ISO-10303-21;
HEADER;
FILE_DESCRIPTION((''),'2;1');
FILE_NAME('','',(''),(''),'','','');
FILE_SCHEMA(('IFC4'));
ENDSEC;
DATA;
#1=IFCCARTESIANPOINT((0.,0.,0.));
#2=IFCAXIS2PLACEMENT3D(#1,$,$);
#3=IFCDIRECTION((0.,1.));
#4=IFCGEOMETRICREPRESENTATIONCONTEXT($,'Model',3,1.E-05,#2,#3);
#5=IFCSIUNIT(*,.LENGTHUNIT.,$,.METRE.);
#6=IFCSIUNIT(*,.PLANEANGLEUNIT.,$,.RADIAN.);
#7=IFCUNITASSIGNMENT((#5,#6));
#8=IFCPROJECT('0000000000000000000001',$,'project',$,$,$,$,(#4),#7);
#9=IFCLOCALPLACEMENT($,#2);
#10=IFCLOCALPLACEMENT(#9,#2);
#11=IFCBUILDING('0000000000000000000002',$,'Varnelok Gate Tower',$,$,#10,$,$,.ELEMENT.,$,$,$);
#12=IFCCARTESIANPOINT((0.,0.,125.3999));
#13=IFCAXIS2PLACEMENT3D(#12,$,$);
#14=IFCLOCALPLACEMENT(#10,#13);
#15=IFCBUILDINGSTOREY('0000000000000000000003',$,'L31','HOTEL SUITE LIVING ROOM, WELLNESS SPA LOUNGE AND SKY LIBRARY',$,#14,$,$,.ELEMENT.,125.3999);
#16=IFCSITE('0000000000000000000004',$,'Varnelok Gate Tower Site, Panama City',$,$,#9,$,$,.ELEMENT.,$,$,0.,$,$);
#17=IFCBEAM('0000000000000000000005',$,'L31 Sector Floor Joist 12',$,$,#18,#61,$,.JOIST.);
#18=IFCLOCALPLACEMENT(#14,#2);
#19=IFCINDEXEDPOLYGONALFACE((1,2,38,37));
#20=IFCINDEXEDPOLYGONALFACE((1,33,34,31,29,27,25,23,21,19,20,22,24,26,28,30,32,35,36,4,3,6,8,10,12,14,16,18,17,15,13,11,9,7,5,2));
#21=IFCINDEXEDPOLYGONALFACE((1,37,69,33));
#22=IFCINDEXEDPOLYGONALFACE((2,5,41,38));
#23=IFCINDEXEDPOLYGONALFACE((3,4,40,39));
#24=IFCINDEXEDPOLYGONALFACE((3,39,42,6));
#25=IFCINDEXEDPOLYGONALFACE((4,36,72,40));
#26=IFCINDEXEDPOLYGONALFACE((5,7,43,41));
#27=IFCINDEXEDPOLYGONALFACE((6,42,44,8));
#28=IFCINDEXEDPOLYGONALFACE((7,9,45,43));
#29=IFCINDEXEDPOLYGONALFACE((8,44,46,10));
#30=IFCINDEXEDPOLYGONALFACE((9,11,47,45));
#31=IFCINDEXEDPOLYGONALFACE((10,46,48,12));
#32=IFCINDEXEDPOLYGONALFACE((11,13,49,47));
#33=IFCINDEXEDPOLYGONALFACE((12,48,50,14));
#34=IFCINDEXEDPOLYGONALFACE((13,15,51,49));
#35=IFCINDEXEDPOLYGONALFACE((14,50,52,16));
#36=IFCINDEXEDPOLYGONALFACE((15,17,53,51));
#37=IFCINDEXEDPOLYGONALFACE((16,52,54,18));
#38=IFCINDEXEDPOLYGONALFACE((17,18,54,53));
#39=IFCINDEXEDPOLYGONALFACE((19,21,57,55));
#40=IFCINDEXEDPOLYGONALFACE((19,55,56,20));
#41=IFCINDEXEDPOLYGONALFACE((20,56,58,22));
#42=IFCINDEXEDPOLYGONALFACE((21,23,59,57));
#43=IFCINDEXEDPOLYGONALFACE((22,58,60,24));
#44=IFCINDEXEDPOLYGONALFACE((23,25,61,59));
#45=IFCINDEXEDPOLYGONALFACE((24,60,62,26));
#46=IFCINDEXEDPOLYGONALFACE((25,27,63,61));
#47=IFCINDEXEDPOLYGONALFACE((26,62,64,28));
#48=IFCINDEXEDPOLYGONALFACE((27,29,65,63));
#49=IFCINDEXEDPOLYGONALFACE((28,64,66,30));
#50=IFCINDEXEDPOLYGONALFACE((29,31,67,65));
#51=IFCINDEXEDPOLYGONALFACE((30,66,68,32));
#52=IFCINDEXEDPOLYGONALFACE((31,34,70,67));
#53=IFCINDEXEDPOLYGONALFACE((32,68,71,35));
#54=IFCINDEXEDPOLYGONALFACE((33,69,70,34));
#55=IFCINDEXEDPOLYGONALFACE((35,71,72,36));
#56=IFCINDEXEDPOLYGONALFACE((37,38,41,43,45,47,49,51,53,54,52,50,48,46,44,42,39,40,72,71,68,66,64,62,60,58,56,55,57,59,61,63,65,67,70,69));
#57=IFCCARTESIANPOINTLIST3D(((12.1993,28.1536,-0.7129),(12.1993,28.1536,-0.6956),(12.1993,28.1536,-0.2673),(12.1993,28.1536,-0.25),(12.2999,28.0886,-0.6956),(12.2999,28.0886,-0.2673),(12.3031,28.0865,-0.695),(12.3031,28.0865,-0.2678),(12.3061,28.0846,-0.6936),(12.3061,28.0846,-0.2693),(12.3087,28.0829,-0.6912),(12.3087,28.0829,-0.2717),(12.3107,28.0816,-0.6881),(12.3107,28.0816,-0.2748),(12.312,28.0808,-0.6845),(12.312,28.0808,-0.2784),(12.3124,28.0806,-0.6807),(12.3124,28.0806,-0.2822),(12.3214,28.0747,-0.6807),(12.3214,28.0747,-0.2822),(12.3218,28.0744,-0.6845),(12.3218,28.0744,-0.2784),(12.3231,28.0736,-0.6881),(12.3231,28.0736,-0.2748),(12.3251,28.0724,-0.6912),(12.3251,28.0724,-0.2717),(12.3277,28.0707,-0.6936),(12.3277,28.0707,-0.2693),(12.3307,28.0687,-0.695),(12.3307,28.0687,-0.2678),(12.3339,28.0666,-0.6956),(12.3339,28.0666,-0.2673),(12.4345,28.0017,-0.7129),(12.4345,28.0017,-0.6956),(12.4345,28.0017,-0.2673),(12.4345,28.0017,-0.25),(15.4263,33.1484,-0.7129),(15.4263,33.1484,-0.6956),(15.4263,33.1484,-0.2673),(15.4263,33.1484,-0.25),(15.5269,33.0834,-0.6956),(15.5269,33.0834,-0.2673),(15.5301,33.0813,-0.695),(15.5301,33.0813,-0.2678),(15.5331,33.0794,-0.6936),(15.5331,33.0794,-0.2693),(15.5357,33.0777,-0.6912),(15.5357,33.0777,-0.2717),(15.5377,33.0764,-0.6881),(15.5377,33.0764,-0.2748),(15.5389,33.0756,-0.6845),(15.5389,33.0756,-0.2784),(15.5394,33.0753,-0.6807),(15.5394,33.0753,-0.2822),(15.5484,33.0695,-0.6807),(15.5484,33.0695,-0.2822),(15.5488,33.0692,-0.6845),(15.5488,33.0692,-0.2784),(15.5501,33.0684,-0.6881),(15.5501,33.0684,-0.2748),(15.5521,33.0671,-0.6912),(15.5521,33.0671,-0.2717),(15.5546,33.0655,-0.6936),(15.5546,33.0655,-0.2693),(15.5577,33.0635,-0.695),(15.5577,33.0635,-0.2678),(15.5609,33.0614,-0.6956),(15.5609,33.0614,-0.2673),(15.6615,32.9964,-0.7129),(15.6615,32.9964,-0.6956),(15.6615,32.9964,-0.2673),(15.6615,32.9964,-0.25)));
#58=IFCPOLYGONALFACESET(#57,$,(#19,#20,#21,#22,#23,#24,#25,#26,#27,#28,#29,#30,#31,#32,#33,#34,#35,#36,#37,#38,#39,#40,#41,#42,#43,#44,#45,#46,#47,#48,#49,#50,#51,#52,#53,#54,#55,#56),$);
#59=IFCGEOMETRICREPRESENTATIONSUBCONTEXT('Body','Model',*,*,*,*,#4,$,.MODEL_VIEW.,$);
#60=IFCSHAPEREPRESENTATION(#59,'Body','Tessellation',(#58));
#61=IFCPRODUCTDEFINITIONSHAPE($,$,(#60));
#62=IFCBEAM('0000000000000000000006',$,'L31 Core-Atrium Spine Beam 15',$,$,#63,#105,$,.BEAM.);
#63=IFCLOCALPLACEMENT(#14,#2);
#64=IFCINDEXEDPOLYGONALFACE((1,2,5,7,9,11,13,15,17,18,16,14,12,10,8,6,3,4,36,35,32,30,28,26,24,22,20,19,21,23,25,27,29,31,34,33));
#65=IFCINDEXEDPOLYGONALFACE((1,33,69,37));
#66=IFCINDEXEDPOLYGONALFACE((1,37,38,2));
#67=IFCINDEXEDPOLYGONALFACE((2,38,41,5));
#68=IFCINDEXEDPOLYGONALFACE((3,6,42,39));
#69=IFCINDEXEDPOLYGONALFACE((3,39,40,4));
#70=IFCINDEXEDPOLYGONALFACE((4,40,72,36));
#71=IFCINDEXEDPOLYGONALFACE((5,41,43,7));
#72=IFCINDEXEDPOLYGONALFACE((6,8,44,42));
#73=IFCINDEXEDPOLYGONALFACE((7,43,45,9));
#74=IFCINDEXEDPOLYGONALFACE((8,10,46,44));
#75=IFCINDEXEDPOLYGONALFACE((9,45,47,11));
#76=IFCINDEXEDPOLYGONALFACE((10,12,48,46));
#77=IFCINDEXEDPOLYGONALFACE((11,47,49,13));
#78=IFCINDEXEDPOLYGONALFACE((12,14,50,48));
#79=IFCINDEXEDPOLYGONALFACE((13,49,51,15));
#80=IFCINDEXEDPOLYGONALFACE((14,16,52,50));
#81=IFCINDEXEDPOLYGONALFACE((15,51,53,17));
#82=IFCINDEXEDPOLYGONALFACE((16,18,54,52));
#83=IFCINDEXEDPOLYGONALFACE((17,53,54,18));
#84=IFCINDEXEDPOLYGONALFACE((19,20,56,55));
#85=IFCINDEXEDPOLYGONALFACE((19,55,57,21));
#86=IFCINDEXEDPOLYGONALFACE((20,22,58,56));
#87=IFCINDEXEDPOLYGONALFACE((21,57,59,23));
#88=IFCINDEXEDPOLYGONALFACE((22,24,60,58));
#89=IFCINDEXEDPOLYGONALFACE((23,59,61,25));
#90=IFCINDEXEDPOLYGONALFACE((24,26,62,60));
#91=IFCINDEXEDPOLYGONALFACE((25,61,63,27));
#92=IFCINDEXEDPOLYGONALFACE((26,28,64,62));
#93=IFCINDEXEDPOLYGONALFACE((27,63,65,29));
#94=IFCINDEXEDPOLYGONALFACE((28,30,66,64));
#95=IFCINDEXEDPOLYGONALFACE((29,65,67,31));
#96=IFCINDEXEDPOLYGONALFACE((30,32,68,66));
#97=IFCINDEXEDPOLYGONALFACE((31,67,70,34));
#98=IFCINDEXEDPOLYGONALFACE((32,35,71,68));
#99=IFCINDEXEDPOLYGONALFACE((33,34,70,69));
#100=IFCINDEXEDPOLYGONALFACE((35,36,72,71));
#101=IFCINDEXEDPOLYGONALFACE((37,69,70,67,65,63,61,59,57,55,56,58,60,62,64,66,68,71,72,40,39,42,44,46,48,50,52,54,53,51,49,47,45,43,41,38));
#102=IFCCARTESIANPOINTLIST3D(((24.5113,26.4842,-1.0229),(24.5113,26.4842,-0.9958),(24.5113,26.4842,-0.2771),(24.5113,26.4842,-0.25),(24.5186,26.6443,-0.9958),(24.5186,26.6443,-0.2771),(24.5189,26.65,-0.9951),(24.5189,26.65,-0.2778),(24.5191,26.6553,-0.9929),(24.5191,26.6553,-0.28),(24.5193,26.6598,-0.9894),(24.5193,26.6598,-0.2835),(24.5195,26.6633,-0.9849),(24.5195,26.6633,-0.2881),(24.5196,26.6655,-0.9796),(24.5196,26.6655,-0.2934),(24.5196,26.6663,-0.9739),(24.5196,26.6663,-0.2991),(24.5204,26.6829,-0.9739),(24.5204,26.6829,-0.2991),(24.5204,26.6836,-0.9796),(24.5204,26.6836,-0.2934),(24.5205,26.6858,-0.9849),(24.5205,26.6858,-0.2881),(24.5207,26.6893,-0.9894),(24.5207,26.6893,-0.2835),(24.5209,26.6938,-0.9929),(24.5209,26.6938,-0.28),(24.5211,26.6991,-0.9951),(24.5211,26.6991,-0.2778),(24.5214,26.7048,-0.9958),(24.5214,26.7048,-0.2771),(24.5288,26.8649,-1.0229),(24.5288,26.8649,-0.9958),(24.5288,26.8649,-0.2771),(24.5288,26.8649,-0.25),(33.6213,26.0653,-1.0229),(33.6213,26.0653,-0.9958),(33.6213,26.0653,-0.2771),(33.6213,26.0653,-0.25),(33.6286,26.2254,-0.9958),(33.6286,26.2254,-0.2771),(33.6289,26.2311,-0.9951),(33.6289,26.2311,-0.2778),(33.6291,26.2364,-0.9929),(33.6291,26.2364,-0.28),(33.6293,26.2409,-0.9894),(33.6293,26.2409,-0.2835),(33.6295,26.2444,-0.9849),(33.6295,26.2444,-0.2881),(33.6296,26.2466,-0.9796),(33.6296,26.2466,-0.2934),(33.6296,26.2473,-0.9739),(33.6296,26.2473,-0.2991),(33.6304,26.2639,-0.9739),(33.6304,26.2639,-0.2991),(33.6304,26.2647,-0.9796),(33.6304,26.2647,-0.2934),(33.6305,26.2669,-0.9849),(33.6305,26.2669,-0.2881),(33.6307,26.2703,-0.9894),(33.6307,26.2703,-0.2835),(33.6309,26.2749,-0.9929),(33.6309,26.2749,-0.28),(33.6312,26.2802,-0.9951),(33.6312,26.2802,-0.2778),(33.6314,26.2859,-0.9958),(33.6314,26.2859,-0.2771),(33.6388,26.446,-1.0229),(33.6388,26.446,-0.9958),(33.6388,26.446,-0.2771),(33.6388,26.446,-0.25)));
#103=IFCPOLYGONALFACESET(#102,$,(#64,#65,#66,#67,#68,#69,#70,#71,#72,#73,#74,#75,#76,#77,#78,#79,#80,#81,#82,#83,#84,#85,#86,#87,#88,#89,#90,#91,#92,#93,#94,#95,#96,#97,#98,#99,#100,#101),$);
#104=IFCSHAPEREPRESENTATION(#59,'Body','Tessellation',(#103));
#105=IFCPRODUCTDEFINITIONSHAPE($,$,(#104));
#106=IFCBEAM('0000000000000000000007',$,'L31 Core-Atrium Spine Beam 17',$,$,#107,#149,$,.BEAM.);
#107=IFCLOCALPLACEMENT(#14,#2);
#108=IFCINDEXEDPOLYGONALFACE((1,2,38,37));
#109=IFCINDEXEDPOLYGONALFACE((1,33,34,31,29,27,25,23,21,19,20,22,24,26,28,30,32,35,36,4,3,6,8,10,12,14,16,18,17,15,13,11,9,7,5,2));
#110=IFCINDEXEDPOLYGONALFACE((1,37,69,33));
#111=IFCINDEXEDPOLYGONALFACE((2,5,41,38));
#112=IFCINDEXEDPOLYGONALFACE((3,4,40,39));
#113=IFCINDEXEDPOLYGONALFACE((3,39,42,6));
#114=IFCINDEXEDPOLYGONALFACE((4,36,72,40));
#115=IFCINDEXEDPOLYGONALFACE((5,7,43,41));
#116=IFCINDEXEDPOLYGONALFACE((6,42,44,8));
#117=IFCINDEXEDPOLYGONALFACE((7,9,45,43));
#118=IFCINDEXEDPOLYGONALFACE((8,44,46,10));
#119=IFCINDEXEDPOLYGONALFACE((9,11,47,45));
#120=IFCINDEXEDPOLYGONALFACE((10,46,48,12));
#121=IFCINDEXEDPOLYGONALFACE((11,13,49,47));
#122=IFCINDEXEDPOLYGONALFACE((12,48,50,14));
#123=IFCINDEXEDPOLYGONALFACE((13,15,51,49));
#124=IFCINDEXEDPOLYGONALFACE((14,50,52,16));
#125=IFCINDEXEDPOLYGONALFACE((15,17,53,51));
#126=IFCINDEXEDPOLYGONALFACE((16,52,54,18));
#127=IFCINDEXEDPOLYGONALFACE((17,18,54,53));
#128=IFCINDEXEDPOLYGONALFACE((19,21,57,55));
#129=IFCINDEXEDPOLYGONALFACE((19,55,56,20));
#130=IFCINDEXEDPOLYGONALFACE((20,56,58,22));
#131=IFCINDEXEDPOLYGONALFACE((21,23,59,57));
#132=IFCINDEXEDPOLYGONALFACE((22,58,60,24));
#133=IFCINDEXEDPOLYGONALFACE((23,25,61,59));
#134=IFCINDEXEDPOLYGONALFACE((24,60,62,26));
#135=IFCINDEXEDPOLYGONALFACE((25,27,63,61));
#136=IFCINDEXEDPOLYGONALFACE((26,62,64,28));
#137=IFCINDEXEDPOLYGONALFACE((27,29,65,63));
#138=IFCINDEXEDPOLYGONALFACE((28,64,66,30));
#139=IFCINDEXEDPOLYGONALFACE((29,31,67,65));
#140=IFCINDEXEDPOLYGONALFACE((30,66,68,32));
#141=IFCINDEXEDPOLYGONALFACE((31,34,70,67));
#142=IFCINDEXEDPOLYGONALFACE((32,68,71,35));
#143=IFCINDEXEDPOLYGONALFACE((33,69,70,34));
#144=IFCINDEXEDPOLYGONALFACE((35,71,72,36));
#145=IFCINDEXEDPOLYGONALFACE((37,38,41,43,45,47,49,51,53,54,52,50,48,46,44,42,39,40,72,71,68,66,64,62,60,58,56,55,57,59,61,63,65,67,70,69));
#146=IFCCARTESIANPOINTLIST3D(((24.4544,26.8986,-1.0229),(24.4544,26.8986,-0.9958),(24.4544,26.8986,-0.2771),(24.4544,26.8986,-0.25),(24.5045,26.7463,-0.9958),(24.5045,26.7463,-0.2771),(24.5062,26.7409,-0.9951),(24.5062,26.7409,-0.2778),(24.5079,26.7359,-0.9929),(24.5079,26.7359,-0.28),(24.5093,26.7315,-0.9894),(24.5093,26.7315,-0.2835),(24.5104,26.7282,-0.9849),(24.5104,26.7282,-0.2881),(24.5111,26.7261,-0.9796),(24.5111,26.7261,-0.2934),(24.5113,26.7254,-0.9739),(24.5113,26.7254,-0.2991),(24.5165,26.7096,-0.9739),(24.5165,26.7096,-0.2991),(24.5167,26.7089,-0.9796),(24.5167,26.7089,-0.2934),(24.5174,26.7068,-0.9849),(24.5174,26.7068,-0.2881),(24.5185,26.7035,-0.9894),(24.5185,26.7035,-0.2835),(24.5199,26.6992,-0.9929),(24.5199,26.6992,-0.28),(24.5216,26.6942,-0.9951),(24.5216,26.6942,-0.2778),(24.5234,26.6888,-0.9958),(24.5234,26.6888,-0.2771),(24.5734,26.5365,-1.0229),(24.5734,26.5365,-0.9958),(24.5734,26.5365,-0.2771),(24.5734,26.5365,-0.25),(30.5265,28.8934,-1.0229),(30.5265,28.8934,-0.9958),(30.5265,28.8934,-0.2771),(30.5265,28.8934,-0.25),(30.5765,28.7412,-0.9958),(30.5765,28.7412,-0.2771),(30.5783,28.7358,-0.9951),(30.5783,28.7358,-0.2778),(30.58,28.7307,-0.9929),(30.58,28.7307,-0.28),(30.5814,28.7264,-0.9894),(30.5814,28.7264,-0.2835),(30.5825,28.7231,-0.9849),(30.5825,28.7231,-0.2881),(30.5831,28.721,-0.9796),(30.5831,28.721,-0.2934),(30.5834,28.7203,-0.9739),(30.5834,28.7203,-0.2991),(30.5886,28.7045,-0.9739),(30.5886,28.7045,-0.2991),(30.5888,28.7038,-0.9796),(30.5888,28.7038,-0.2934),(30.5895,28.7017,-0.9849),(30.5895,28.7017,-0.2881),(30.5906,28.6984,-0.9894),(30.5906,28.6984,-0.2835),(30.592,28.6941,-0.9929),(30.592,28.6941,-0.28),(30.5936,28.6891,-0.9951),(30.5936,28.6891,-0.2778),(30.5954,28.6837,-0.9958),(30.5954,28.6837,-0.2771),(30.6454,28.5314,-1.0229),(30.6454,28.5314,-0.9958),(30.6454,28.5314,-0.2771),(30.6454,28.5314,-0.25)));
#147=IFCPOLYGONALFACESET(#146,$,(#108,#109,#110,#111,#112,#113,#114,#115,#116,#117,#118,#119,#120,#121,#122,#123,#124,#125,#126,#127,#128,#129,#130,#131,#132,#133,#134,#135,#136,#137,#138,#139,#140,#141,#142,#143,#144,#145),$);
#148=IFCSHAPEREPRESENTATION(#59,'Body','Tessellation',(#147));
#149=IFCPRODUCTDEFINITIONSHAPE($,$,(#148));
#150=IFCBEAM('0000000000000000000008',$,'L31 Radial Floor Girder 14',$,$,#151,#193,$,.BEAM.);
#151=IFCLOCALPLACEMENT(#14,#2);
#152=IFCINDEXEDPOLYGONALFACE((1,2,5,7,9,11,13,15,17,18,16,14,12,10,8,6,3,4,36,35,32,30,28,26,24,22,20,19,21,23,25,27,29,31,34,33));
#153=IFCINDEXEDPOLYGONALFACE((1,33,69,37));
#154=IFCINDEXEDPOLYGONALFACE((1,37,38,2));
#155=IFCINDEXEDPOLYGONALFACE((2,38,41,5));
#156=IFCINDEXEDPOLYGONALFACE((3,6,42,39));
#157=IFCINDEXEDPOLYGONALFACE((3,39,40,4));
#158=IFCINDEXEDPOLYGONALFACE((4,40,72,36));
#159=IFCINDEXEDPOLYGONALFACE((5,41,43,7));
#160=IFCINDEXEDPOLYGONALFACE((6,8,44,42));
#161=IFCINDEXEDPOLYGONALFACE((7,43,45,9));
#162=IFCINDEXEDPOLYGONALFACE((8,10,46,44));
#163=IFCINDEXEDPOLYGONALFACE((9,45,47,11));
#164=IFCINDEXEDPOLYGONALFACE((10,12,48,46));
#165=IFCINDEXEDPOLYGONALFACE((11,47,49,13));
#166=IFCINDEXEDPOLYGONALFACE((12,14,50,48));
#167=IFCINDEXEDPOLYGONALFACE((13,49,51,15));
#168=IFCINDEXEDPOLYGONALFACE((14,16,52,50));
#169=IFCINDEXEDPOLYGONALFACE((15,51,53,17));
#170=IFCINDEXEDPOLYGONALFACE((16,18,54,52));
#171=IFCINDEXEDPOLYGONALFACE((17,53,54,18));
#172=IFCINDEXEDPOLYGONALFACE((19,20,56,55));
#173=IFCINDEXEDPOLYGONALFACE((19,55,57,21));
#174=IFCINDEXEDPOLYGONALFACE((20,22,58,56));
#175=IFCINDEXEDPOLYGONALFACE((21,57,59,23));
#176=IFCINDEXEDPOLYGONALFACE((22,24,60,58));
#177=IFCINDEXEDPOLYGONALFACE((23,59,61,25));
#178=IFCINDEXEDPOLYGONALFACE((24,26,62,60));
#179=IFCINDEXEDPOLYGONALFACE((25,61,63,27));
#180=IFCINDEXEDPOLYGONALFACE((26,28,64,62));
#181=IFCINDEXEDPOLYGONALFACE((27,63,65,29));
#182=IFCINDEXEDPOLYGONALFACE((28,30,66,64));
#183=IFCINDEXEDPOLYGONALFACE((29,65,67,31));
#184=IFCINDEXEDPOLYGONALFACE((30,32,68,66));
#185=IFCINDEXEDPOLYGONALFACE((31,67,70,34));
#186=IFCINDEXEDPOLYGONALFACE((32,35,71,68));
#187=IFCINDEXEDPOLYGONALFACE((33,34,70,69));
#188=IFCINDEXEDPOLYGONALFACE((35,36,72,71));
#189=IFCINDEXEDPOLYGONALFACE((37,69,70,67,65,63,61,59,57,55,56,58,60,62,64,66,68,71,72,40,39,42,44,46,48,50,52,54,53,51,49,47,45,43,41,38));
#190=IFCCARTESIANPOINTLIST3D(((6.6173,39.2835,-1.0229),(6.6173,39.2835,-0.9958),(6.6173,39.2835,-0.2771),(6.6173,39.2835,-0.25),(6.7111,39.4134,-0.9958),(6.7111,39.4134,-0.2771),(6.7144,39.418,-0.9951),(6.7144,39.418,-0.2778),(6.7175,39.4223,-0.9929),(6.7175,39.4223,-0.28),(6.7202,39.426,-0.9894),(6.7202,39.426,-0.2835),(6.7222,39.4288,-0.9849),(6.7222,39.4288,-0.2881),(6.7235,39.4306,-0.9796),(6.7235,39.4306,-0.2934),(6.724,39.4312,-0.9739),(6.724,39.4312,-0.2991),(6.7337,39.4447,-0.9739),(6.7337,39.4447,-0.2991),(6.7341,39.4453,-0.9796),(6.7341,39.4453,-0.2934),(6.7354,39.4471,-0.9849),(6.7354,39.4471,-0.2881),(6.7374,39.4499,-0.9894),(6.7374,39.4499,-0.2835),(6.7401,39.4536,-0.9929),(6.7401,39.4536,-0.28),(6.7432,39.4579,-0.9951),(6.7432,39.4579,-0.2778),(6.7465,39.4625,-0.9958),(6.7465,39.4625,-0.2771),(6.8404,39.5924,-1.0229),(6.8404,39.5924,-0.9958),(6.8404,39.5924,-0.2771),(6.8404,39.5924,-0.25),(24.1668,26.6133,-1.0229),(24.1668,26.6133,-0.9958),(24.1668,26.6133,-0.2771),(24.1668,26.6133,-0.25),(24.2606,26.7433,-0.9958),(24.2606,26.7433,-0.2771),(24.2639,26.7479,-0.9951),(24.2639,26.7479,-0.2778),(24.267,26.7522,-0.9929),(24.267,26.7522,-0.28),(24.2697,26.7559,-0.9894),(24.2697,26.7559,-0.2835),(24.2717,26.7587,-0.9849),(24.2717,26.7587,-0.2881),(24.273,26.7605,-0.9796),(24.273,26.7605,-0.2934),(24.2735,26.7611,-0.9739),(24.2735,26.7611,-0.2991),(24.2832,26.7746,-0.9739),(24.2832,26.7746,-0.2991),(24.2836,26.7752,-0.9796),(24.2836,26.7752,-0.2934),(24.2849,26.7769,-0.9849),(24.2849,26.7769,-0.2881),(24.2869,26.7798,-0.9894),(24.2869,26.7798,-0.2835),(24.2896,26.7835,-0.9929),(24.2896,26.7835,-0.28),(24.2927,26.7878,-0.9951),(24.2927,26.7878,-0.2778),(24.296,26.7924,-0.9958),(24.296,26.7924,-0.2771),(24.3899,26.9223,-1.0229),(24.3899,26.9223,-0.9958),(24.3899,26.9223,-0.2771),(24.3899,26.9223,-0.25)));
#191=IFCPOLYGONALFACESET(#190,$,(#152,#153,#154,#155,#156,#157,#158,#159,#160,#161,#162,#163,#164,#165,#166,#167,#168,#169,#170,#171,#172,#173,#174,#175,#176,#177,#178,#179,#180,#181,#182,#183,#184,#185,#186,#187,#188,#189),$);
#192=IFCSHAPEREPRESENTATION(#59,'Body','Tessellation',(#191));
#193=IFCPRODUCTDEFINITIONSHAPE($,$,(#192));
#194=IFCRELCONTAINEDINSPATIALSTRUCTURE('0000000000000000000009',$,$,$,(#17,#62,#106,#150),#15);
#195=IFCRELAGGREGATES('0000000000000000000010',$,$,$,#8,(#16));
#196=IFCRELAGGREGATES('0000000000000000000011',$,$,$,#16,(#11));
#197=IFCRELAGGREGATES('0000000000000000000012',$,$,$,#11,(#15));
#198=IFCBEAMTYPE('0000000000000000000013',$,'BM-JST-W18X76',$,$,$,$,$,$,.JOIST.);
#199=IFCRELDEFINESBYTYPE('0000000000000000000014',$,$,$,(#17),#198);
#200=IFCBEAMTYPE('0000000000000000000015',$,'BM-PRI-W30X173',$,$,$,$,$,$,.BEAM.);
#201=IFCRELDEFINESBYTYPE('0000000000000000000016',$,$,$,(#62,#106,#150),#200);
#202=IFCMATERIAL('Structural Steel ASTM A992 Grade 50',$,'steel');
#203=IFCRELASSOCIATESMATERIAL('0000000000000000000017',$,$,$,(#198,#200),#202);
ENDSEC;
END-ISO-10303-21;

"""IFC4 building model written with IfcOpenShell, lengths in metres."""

from ifc_helpers import new_model, si_unit, direction, frame, origin, origin_2d, place, context, subcontext, project, spatial, i_section, extrude, material, material_profile, profile_set, type_object, element, save


model = new_model("IFC4")

# Units and contexts
model_context = context("Model", 3, precision=1e-05, world=origin(), true_north=direction((0.0, 1.0)))
body_context = subcontext(model_context, "Body", "Model", "MODEL_VIEW")
ifc_project = project(units=[si_unit("LENGTHUNIT", "METRE"), si_unit("PLANEANGLEUNIT", "RADIAN")], contexts=[model_context])

# Site, building, storey
site_placement = place(None, origin())
site = spatial("IfcSite", under=ifc_project, at=site_placement, Name="Varnelok Gate Tower Site, Panama City", CompositionType="ELEMENT", RefElevation=0.0)
building_placement = place(site_placement, origin())
building = spatial("IfcBuilding", under=site, at=building_placement, Name="Varnelok Gate Tower", CompositionType="ELEMENT")
storey_placement = place(building_placement, frame((0.0, 0.0, 125.3999)))
storey = spatial("IfcBuildingStorey", under=building, at=storey_placement, Name="L31", Description="HOTEL SUITE LIVING ROOM, WELLNESS SPA LOUNGE AND SKY LIBRARY", CompositionType="ELEMENT", Elevation=125.3999)

# Shared definitions
ifc_material_1 = material(Name="Structural Steel ASTM A992 Grade 50", Category="steel")

# Beams
ifc_material_profile_1 = material_profile(ifc_material_1, i_section(OverallWidth=0.28, OverallDepth=0.4629, WebThickness=0.0107, FlangeThickness=0.0173, FilletRadius=0.0149, at=origin_2d()), Name="W18X76")
ifc_profile_set_1 = profile_set([ifc_material_profile_1], Name="Structural Steel ASTM A992 Grade 50")
beam_type_1 = type_object("IfcBeamType", Name="BM-JST-W18X76", PredefinedType="JOIST", material=ifc_profile_set_1)
beam_1_placement = place(storey_placement, frame((12.3169, 28.0776, -0.4814), z_axis=(0.542667, 0.839948, 0.0), x_axis=(-0.839948, 0.542667, 0.0)))
element("IfcBeam", 1, at=beam_1_placement, inside=storey, type_object=beam_type_1, Name="L31 Sector Floor Joist 12", PredefinedType="JOIST", context=body_context, shape_type="SweptSolid", body=[
    extrude(i_section(OverallWidth=0.28, OverallDepth=0.4629, WebThickness=0.0107, FlangeThickness=0.0173, FilletRadius=0.0149, at=origin_2d()), origin(), (0.0, 0.0, 1.0), 5.9465),
])
ifc_material_profile_2 = material_profile(ifc_material_1, i_section(OverallWidth=0.3811, OverallDepth=0.7729, WebThickness=0.0166, FlangeThickness=0.0271, FilletRadius=0.022, at=origin_2d()), Name="W30X173")
ifc_profile_set_2 = profile_set([ifc_material_profile_2], Name="Structural Steel ASTM A992 Grade 50")
beam_type_2 = type_object("IfcBeamType", Name="BM-PRI-W30X173", PredefinedType="BEAM", material=ifc_profile_set_2)
beam_2_placement = place(storey_placement, frame((24.52, 26.6746, -0.6365), z_axis=(0.998944, -0.045938, 0.0), x_axis=(0.045938, 0.998944, 0.0)))
element("IfcBeam", 2, at=beam_2_placement, inside=storey, type_object=beam_type_2, Name="L31 Core-Atrium Spine Beam 15", PredefinedType="BEAM", context=body_context, shape_type="SweptSolid", body=[
    extrude(i_section(OverallWidth=0.3811, OverallDepth=0.7729, WebThickness=0.0166, FlangeThickness=0.0271, FilletRadius=0.022, at=origin_2d()), origin(), (0.0, 0.0, 1.0), 9.1196),
])
beam_3_placement = place(storey_placement, frame((24.5139, 26.7175, -0.6365), z_axis=(0.950042, 0.312122, 0.0), x_axis=(-0.312122, 0.950042, 0.0)))
element("IfcBeam", 3, at=beam_3_placement, inside=storey, type_object=beam_type_2, Name="L31 Core-Atrium Spine Beam 17", PredefinedType="BEAM", context=body_context, shape_type="SweptSolid", body=[
    extrude(i_section(OverallWidth=0.3811, OverallDepth=0.7729, WebThickness=0.0166, FlangeThickness=0.0271, FilletRadius=0.022, at=origin_2d()), origin(), (0.0, 0.0, 1.0), 6.3914),
])
beam_4_placement = place(storey_placement, frame((24.2783, 26.7678, -0.6365), z_axis=(-0.810778, 0.585353, 0.0), x_axis=(-0.585353, -0.810778, 0.0)))
element("IfcBeam", 4, at=beam_4_placement, inside=storey, type_object=beam_type_2, Name="L31 Radial Floor Girder 14", PredefinedType="BEAM", context=body_context, shape_type="SweptSolid", body=[
    extrude(i_section(OverallWidth=0.3811, OverallDepth=0.7729, WebThickness=0.0166, FlangeThickness=0.0271, FilletRadius=0.022, at=origin_2d()), origin(), (0.0, 0.0, 1.0), 21.6453),
])

save(model, "model.ifc")
